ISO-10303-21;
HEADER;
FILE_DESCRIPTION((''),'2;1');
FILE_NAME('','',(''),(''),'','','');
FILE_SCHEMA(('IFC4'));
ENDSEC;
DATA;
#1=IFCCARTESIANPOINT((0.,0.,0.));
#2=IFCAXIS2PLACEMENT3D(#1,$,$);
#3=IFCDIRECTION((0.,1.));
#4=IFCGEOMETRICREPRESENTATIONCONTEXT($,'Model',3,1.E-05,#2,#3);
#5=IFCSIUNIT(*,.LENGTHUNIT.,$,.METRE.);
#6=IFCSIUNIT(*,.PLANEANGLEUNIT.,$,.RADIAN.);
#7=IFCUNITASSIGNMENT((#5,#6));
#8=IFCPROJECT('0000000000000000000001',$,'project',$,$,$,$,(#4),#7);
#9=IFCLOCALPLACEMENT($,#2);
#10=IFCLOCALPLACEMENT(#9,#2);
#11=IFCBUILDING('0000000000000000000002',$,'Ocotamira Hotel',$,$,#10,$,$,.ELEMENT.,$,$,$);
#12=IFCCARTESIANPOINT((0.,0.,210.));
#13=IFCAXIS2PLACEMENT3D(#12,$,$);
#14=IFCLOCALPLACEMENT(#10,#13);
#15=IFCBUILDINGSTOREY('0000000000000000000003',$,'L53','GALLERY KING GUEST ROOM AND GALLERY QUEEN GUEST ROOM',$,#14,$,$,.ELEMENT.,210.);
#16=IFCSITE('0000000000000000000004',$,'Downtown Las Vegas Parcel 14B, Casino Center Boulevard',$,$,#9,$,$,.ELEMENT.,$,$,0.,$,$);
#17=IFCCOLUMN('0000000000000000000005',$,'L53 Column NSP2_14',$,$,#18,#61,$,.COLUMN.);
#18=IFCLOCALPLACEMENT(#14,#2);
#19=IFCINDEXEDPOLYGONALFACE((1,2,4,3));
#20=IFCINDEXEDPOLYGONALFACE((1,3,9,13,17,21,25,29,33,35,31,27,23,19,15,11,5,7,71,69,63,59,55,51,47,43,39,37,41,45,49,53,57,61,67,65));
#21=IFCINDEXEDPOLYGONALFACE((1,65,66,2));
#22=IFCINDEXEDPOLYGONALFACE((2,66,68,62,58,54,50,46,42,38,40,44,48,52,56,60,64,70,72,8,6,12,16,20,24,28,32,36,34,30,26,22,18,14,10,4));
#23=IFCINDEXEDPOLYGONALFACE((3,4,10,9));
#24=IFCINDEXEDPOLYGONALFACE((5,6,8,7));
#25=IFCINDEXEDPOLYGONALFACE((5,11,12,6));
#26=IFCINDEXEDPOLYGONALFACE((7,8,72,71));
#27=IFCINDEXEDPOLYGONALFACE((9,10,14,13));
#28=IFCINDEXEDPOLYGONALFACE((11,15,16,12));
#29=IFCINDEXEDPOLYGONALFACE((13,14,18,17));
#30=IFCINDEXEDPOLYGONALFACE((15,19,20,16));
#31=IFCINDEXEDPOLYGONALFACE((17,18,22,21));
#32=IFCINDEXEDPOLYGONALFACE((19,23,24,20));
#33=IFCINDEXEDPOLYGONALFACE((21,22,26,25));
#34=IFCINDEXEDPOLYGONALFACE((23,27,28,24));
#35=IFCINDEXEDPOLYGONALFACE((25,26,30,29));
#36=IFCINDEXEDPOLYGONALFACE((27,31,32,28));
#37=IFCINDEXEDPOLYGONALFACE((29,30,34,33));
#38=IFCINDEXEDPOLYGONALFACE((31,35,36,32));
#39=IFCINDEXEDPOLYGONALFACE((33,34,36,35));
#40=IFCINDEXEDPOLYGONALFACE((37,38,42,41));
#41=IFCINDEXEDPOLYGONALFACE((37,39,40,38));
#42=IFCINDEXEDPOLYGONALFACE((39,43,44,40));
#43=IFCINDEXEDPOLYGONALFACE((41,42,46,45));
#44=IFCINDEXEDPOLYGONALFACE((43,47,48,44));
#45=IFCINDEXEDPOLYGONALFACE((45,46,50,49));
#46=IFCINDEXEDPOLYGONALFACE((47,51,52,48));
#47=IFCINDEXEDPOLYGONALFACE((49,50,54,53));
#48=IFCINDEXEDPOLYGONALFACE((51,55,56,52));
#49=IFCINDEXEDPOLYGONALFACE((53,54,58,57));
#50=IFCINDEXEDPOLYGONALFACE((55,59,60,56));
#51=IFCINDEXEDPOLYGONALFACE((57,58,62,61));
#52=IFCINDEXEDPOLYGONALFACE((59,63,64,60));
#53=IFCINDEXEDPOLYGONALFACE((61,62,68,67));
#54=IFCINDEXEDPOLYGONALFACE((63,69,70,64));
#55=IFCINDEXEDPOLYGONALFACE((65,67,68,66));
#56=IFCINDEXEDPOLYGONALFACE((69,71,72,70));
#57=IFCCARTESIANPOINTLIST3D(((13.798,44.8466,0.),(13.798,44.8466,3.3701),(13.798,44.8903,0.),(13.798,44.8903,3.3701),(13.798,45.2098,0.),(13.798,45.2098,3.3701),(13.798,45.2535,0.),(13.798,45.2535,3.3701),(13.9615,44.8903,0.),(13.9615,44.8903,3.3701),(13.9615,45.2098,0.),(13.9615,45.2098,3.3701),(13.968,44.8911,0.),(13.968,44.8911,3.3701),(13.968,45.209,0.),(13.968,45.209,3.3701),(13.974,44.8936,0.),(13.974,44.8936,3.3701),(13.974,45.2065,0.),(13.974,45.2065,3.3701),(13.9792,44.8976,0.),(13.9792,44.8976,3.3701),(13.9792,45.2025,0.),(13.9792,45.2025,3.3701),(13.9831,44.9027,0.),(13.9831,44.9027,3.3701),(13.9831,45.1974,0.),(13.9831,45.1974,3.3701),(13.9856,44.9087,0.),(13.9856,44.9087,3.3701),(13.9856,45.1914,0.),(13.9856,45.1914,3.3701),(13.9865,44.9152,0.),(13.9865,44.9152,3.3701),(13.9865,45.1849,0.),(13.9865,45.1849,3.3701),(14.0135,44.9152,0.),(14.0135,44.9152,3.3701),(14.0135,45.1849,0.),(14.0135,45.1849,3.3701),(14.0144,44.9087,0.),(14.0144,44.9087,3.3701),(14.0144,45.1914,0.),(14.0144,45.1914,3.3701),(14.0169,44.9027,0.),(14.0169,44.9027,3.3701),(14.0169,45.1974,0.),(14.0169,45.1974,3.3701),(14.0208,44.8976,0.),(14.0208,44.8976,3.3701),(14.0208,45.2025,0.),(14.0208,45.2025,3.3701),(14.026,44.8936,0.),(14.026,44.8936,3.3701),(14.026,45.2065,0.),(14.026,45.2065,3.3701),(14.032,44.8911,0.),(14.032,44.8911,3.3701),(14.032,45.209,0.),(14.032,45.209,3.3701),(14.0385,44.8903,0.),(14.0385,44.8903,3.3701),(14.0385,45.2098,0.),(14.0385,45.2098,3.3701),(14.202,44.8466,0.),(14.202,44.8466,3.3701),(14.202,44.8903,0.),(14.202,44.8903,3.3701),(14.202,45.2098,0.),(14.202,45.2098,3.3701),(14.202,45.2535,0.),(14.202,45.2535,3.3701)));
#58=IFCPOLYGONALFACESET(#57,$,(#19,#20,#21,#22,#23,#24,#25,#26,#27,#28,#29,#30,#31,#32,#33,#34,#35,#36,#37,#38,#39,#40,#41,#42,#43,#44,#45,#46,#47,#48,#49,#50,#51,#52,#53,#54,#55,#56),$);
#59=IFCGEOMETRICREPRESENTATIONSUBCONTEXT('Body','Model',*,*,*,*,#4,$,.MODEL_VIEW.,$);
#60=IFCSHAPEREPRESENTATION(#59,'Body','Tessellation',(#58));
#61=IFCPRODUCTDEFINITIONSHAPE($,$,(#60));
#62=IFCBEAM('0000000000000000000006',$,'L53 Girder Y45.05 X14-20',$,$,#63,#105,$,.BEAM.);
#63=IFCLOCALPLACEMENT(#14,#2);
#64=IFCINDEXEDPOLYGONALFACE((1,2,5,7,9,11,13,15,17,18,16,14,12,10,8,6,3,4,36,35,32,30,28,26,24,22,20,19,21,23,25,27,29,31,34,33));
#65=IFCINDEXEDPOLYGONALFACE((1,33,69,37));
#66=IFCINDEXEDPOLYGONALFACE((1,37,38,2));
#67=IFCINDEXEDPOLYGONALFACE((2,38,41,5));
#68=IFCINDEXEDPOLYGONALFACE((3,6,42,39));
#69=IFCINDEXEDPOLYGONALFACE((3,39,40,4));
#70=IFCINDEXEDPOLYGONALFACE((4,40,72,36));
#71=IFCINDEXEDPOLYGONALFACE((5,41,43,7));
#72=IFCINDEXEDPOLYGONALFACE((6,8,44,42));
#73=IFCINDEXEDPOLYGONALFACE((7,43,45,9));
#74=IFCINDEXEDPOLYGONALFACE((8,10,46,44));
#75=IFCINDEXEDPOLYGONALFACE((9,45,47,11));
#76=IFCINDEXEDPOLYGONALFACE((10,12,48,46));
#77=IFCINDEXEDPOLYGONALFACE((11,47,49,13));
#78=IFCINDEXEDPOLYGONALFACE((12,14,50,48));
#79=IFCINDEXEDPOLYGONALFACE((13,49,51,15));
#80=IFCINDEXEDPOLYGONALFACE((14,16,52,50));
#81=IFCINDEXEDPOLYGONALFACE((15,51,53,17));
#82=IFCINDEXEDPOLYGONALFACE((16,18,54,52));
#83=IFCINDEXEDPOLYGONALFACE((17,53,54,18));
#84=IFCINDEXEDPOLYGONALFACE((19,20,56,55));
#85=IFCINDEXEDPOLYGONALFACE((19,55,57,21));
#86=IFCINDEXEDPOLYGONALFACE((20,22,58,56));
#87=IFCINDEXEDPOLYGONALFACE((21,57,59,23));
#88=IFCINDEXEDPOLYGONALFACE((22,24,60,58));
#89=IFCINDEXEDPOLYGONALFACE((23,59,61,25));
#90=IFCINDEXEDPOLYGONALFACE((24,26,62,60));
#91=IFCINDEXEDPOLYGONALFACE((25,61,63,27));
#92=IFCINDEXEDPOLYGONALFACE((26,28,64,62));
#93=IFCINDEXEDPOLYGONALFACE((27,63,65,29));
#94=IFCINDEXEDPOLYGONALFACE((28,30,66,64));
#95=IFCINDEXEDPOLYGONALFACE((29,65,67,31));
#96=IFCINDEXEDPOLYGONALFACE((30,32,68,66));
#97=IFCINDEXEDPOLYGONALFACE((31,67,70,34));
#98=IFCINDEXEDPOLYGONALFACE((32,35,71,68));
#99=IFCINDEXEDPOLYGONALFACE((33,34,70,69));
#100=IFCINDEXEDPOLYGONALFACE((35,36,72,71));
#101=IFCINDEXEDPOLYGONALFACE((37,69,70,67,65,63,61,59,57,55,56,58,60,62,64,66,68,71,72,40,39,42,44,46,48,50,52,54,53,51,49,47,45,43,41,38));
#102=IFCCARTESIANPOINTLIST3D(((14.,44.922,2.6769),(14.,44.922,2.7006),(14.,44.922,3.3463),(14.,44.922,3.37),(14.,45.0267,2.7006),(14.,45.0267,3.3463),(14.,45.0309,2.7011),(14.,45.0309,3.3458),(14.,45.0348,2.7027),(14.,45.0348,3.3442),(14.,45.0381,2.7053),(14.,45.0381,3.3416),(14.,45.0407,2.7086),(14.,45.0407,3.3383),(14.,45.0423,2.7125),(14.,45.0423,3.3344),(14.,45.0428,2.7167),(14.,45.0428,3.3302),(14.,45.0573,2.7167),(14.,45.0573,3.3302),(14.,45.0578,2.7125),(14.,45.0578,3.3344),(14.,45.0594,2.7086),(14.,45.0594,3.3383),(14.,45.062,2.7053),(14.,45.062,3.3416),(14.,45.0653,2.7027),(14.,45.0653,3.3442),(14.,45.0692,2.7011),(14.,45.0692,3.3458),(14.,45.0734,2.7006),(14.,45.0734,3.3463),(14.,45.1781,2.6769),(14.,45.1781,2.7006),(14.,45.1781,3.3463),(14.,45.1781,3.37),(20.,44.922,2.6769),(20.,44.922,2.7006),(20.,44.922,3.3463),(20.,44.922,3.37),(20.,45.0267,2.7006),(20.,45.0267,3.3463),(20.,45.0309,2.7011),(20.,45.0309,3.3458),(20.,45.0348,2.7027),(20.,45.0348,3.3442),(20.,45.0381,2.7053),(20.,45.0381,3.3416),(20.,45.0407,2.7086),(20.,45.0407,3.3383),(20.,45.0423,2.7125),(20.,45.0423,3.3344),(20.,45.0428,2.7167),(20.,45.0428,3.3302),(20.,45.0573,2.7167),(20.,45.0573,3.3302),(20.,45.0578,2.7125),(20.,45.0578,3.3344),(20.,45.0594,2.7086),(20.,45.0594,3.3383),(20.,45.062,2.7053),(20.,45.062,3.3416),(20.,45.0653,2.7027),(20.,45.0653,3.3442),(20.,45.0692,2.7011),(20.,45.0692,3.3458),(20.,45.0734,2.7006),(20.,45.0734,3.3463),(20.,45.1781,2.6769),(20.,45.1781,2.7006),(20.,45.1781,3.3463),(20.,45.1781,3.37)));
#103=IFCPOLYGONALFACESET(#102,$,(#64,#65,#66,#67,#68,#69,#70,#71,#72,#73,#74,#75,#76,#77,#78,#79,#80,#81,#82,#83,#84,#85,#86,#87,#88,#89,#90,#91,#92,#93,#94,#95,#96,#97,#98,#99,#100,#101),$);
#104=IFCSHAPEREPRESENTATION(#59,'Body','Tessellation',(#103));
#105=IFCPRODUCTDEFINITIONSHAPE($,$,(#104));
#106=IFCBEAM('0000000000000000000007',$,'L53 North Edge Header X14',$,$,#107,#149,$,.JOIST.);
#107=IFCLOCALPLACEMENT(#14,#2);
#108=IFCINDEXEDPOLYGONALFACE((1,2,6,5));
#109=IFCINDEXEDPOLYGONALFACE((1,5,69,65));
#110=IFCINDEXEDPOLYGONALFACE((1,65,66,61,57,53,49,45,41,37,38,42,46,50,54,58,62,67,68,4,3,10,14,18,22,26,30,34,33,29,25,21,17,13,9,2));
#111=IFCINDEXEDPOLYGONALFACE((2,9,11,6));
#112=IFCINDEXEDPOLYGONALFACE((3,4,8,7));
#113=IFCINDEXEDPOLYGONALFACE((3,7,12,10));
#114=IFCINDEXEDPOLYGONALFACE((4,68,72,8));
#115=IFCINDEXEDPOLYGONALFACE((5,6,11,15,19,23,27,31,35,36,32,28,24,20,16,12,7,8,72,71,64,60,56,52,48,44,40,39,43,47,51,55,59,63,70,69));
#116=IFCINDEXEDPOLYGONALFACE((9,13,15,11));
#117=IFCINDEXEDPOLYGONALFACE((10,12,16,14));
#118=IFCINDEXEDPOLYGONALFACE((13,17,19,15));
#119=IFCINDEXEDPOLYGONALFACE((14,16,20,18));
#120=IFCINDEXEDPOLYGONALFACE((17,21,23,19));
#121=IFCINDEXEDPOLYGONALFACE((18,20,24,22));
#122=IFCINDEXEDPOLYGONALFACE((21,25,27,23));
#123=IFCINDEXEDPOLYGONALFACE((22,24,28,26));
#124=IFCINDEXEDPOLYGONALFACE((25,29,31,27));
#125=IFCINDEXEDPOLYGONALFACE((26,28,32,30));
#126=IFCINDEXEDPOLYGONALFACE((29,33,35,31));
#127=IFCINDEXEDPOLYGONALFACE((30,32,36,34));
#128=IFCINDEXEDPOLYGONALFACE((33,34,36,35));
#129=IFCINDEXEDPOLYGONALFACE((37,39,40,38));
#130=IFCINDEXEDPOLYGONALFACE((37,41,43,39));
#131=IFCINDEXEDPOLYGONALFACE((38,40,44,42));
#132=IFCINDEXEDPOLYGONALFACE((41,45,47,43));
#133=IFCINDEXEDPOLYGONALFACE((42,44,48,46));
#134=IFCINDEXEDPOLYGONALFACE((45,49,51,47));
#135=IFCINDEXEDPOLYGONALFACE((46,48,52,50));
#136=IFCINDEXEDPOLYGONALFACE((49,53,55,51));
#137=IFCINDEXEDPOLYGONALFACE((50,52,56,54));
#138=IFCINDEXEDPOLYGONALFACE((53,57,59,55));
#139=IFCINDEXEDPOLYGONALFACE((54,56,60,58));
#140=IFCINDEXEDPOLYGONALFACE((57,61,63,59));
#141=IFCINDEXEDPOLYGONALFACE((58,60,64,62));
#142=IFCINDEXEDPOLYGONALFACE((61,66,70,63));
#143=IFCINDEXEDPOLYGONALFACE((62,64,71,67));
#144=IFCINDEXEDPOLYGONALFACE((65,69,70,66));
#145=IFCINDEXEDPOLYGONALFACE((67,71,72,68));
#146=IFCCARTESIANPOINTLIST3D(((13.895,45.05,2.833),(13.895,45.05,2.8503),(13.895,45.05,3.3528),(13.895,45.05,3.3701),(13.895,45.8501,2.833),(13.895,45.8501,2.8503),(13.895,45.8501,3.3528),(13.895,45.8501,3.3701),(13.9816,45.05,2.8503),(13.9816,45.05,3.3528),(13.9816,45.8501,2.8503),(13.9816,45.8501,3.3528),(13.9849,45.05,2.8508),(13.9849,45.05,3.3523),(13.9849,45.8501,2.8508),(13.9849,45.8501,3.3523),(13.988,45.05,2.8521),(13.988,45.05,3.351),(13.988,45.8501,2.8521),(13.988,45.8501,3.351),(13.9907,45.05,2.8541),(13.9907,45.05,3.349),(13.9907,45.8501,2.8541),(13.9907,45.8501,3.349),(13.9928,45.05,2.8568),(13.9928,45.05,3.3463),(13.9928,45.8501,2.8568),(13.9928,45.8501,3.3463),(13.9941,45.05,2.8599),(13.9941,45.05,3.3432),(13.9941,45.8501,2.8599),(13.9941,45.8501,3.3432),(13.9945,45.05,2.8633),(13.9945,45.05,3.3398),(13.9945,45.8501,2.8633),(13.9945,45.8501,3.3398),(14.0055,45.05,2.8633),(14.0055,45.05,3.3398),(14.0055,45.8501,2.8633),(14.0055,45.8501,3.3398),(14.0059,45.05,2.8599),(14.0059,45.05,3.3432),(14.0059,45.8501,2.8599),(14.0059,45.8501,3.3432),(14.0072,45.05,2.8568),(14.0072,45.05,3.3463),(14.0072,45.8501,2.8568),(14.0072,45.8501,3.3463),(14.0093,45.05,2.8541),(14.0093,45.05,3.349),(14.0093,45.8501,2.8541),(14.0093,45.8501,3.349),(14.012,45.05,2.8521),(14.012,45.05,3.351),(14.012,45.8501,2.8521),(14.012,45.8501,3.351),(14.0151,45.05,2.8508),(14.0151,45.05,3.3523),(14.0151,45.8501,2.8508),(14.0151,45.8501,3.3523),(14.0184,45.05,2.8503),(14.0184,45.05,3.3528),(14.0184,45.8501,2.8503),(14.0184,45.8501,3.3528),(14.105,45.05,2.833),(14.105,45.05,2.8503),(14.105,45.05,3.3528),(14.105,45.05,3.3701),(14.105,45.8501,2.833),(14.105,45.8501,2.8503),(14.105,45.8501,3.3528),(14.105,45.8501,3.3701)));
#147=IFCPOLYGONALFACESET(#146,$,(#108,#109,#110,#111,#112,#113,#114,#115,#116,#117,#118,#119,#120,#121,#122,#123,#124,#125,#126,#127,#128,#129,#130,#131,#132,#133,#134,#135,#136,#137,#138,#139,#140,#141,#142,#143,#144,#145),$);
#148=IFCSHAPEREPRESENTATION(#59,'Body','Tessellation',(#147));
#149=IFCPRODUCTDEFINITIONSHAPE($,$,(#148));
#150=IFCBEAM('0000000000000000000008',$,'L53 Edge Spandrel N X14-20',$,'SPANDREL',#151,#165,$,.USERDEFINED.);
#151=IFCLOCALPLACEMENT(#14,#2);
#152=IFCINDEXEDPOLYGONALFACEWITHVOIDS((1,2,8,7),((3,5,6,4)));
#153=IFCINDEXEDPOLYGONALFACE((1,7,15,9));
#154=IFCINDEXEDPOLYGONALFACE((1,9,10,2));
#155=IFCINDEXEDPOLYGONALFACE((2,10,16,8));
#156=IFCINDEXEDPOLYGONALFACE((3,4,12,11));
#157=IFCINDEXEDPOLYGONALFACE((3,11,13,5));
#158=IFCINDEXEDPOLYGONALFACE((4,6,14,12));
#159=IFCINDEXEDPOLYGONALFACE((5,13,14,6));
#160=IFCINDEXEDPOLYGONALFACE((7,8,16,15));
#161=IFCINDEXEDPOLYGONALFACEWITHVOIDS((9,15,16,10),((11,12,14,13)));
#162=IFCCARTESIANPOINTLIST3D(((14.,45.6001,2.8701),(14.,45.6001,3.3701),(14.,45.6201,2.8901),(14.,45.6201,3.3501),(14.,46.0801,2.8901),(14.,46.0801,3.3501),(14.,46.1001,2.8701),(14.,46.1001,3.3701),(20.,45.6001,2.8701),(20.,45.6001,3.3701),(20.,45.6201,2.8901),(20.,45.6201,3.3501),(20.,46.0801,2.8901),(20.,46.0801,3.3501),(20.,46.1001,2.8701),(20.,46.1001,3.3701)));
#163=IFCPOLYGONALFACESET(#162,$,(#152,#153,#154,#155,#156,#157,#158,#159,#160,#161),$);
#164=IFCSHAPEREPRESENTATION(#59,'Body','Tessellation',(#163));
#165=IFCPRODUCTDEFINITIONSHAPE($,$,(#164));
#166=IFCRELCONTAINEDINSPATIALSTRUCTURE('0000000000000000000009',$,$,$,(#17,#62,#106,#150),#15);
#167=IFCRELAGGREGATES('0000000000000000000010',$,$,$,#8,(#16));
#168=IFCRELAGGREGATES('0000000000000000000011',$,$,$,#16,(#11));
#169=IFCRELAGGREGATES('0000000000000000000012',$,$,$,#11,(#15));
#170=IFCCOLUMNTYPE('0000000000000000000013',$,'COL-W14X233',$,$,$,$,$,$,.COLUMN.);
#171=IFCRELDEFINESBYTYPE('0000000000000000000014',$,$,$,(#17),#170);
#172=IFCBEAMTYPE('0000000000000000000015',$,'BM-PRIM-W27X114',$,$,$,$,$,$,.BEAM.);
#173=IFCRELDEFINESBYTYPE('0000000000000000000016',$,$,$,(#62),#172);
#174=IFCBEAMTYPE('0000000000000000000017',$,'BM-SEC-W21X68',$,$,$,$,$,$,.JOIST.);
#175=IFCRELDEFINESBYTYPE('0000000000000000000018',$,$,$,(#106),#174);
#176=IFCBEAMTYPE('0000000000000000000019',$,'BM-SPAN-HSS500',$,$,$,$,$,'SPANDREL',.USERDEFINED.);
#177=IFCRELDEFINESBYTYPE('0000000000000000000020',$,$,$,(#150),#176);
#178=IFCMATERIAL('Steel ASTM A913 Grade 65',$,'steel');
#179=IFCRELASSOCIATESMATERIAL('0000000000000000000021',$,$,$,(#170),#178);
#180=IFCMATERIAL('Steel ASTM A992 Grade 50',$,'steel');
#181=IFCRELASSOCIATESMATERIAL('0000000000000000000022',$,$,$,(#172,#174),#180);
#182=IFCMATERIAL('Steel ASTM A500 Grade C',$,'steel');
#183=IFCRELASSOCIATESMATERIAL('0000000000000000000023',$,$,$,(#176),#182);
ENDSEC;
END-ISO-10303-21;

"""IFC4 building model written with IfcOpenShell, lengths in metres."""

from ifc_helpers import new_model, si_unit, direction, frame, origin, origin_2d, place, context, subcontext, project, spatial, hollow_rectangle, i_section, extrude, source, transform, mapped, material, material_profile, profile_set, type_object, element, save


model = new_model("IFC4")

# Units and contexts
model_context = context("Model", 3, precision=1e-05, world=origin(), true_north=direction((0.0, 1.0)))
body_context = subcontext(model_context, "Body", "Model", "MODEL_VIEW")
ifc_project = project(units=[si_unit("LENGTHUNIT", "METRE"), si_unit("PLANEANGLEUNIT", "RADIAN")], contexts=[model_context])

# Site, building, storey
site_placement = place(None, origin())
site = spatial("IfcSite", under=ifc_project, at=site_placement, Name="Downtown Las Vegas Parcel 14B, Casino Center Boulevard", CompositionType="ELEMENT", RefElevation=0.0)
building_placement = place(site_placement, origin())
building = spatial("IfcBuilding", under=site, at=building_placement, Name="Ocotamira Hotel", CompositionType="ELEMENT")
storey_placement = place(building_placement, frame((0.0, 0.0, 210.0)))
storey = spatial("IfcBuildingStorey", under=building, at=storey_placement, Name="L53", Description="GALLERY KING GUEST ROOM AND GALLERY QUEEN GUEST ROOM", CompositionType="ELEMENT", Elevation=210.0)

# Column
ifc_material_1 = material(Name="Steel ASTM A913 Grade 65", Category="steel")
ifc_material_profile_1 = material_profile(ifc_material_1, i_section(OverallWidth=0.4041, OverallDepth=0.407, WebThickness=0.0271, FlangeThickness=0.0437, FilletRadius=0.0249, at=origin_2d()), Name="W14X233")
ifc_profile_set_1 = profile_set([ifc_material_profile_1], Name="Steel ASTM A913 Grade 65")
column_type = type_object("IfcColumnType", Name="COL-W14X233", PredefinedType="COLUMN", material=ifc_profile_set_1)
shared_shape_1 = source(origin(), body_context, "Body", "SweptSolid", [
    extrude(i_section(OverallWidth=0.4041, OverallDepth=0.407, WebThickness=0.0271, FlangeThickness=0.0437, FilletRadius=0.0249, at=origin_2d()), origin(), (0.0, 0.0, 1.0), 3.3701),
])
column_placement = place(storey_placement, frame((14.0, 45.05, 0.0), z_axis=(0.0, 0.0, 1.0), x_axis=(1.0, 0.0, 0.0)))
element("IfcColumn", 1, at=column_placement, inside=storey, type_object=column_type, Name="L53 Column NSP2_14", PredefinedType="COLUMN", context=body_context, shape_type="MappedRepresentation", body=[
    mapped(shared_shape_1, transform((0.0, 0.0, 0.0), scale=1.0)),
])

# Beams
ifc_material_2 = material(Name="Steel ASTM A992 Grade 50", Category="steel")
ifc_material_profile_2 = material_profile(ifc_material_2, i_section(OverallWidth=0.2561, OverallDepth=0.6931, WebThickness=0.0144, FlangeThickness=0.0237, FilletRadius=0.0161, at=origin_2d()), Name="W27X114")
ifc_profile_set_2 = profile_set([ifc_material_profile_2], Name="Steel ASTM A992 Grade 50")
beam_type_1 = type_object("IfcBeamType", Name="BM-PRIM-W27X114", PredefinedType="BEAM", material=ifc_profile_set_2)
shared_shape_2 = source(origin(), body_context, "Body", "SweptSolid", [
    extrude(i_section(OverallWidth=0.2561, OverallDepth=0.6931, WebThickness=0.0144, FlangeThickness=0.0237, FilletRadius=0.0161, at=origin_2d()), origin(), (0.0, 0.0, 1.0), 6.0),
])
beam_1_placement = place(storey_placement, frame((14.0, 45.05, 3.0234), z_axis=(1.0, 0.0, 0.0), x_axis=(0.0, 1.0, 0.0)))
element("IfcBeam", 2, at=beam_1_placement, inside=storey, type_object=beam_type_1, Name="L53 Girder Y45.05 X14-20", PredefinedType="BEAM", context=body_context, shape_type="MappedRepresentation", body=[
    mapped(shared_shape_2, transform((0.0, 0.0, 0.0), scale=1.0)),
])
ifc_material_profile_3 = material_profile(ifc_material_2, i_section(OverallWidth=0.21, OverallDepth=0.5371, WebThickness=0.011, FlangeThickness=0.0173, FilletRadius=0.0129, at=origin_2d()), Name="W21X68")
ifc_profile_set_3 = profile_set([ifc_material_profile_3], Name="Steel ASTM A992 Grade 50")
beam_type_2 = type_object("IfcBeamType", Name="BM-SEC-W21X68", PredefinedType="JOIST", material=ifc_profile_set_3)
shared_shape_3 = source(origin(), body_context, "Body", "SweptSolid", [
    extrude(i_section(OverallWidth=0.21, OverallDepth=0.5371, WebThickness=0.011, FlangeThickness=0.0173, FilletRadius=0.0129, at=origin_2d()), origin(), (0.0, 0.0, 1.0), 0.8),
])
beam_2_placement = place(storey_placement, frame((14.0, 45.05, 3.1016), z_axis=(0.0, 1.0, 0.0), x_axis=(-1.0, 0.0, 0.0)))
element("IfcBeam", 3, at=beam_2_placement, inside=storey, type_object=beam_type_2, Name="L53 North Edge Header X14", PredefinedType="JOIST", context=body_context, shape_type="MappedRepresentation", body=[
    mapped(shared_shape_3, transform((0.0, 0.0, 0.0), scale=1.0)),
])
ifc_material_3 = material(Name="Steel ASTM A500 Grade C", Category="steel")
ifc_material_profile_4 = material_profile(ifc_material_3, hollow_rectangle(XDim=0.5, YDim=0.5, WallThickness=0.02, at=origin_2d()), Name="HSS500X500X20")
ifc_profile_set_4 = profile_set([ifc_material_profile_4], Name="Steel ASTM A500 Grade C")
beam_type_3 = type_object("IfcBeamType", Name="BM-SPAN-HSS500", ElementType="SPANDREL", PredefinedType="USERDEFINED", material=ifc_profile_set_4)
shared_shape_4 = source(origin(), body_context, "Body", "SweptSolid", [
    extrude(hollow_rectangle(XDim=0.5, YDim=0.5, WallThickness=0.02, at=origin_2d()), origin(), (0.0, 0.0, 1.0), 6.0),
])
beam_3_placement = place(storey_placement, frame((14.0, 45.8501, 3.1201), z_axis=(1.0, 0.0, 0.0), x_axis=(0.0, 1.0, 0.0)))
element("IfcBeam", 4, at=beam_3_placement, inside=storey, type_object=beam_type_3, Name="L53 Edge Spandrel N X14-20", ObjectType="SPANDREL", PredefinedType="USERDEFINED", context=body_context, shape_type="MappedRepresentation", body=[
    mapped(shared_shape_4, transform((0.0, 0.0, 0.0), scale=1.0)),
])

save(model, "model.ifc")
